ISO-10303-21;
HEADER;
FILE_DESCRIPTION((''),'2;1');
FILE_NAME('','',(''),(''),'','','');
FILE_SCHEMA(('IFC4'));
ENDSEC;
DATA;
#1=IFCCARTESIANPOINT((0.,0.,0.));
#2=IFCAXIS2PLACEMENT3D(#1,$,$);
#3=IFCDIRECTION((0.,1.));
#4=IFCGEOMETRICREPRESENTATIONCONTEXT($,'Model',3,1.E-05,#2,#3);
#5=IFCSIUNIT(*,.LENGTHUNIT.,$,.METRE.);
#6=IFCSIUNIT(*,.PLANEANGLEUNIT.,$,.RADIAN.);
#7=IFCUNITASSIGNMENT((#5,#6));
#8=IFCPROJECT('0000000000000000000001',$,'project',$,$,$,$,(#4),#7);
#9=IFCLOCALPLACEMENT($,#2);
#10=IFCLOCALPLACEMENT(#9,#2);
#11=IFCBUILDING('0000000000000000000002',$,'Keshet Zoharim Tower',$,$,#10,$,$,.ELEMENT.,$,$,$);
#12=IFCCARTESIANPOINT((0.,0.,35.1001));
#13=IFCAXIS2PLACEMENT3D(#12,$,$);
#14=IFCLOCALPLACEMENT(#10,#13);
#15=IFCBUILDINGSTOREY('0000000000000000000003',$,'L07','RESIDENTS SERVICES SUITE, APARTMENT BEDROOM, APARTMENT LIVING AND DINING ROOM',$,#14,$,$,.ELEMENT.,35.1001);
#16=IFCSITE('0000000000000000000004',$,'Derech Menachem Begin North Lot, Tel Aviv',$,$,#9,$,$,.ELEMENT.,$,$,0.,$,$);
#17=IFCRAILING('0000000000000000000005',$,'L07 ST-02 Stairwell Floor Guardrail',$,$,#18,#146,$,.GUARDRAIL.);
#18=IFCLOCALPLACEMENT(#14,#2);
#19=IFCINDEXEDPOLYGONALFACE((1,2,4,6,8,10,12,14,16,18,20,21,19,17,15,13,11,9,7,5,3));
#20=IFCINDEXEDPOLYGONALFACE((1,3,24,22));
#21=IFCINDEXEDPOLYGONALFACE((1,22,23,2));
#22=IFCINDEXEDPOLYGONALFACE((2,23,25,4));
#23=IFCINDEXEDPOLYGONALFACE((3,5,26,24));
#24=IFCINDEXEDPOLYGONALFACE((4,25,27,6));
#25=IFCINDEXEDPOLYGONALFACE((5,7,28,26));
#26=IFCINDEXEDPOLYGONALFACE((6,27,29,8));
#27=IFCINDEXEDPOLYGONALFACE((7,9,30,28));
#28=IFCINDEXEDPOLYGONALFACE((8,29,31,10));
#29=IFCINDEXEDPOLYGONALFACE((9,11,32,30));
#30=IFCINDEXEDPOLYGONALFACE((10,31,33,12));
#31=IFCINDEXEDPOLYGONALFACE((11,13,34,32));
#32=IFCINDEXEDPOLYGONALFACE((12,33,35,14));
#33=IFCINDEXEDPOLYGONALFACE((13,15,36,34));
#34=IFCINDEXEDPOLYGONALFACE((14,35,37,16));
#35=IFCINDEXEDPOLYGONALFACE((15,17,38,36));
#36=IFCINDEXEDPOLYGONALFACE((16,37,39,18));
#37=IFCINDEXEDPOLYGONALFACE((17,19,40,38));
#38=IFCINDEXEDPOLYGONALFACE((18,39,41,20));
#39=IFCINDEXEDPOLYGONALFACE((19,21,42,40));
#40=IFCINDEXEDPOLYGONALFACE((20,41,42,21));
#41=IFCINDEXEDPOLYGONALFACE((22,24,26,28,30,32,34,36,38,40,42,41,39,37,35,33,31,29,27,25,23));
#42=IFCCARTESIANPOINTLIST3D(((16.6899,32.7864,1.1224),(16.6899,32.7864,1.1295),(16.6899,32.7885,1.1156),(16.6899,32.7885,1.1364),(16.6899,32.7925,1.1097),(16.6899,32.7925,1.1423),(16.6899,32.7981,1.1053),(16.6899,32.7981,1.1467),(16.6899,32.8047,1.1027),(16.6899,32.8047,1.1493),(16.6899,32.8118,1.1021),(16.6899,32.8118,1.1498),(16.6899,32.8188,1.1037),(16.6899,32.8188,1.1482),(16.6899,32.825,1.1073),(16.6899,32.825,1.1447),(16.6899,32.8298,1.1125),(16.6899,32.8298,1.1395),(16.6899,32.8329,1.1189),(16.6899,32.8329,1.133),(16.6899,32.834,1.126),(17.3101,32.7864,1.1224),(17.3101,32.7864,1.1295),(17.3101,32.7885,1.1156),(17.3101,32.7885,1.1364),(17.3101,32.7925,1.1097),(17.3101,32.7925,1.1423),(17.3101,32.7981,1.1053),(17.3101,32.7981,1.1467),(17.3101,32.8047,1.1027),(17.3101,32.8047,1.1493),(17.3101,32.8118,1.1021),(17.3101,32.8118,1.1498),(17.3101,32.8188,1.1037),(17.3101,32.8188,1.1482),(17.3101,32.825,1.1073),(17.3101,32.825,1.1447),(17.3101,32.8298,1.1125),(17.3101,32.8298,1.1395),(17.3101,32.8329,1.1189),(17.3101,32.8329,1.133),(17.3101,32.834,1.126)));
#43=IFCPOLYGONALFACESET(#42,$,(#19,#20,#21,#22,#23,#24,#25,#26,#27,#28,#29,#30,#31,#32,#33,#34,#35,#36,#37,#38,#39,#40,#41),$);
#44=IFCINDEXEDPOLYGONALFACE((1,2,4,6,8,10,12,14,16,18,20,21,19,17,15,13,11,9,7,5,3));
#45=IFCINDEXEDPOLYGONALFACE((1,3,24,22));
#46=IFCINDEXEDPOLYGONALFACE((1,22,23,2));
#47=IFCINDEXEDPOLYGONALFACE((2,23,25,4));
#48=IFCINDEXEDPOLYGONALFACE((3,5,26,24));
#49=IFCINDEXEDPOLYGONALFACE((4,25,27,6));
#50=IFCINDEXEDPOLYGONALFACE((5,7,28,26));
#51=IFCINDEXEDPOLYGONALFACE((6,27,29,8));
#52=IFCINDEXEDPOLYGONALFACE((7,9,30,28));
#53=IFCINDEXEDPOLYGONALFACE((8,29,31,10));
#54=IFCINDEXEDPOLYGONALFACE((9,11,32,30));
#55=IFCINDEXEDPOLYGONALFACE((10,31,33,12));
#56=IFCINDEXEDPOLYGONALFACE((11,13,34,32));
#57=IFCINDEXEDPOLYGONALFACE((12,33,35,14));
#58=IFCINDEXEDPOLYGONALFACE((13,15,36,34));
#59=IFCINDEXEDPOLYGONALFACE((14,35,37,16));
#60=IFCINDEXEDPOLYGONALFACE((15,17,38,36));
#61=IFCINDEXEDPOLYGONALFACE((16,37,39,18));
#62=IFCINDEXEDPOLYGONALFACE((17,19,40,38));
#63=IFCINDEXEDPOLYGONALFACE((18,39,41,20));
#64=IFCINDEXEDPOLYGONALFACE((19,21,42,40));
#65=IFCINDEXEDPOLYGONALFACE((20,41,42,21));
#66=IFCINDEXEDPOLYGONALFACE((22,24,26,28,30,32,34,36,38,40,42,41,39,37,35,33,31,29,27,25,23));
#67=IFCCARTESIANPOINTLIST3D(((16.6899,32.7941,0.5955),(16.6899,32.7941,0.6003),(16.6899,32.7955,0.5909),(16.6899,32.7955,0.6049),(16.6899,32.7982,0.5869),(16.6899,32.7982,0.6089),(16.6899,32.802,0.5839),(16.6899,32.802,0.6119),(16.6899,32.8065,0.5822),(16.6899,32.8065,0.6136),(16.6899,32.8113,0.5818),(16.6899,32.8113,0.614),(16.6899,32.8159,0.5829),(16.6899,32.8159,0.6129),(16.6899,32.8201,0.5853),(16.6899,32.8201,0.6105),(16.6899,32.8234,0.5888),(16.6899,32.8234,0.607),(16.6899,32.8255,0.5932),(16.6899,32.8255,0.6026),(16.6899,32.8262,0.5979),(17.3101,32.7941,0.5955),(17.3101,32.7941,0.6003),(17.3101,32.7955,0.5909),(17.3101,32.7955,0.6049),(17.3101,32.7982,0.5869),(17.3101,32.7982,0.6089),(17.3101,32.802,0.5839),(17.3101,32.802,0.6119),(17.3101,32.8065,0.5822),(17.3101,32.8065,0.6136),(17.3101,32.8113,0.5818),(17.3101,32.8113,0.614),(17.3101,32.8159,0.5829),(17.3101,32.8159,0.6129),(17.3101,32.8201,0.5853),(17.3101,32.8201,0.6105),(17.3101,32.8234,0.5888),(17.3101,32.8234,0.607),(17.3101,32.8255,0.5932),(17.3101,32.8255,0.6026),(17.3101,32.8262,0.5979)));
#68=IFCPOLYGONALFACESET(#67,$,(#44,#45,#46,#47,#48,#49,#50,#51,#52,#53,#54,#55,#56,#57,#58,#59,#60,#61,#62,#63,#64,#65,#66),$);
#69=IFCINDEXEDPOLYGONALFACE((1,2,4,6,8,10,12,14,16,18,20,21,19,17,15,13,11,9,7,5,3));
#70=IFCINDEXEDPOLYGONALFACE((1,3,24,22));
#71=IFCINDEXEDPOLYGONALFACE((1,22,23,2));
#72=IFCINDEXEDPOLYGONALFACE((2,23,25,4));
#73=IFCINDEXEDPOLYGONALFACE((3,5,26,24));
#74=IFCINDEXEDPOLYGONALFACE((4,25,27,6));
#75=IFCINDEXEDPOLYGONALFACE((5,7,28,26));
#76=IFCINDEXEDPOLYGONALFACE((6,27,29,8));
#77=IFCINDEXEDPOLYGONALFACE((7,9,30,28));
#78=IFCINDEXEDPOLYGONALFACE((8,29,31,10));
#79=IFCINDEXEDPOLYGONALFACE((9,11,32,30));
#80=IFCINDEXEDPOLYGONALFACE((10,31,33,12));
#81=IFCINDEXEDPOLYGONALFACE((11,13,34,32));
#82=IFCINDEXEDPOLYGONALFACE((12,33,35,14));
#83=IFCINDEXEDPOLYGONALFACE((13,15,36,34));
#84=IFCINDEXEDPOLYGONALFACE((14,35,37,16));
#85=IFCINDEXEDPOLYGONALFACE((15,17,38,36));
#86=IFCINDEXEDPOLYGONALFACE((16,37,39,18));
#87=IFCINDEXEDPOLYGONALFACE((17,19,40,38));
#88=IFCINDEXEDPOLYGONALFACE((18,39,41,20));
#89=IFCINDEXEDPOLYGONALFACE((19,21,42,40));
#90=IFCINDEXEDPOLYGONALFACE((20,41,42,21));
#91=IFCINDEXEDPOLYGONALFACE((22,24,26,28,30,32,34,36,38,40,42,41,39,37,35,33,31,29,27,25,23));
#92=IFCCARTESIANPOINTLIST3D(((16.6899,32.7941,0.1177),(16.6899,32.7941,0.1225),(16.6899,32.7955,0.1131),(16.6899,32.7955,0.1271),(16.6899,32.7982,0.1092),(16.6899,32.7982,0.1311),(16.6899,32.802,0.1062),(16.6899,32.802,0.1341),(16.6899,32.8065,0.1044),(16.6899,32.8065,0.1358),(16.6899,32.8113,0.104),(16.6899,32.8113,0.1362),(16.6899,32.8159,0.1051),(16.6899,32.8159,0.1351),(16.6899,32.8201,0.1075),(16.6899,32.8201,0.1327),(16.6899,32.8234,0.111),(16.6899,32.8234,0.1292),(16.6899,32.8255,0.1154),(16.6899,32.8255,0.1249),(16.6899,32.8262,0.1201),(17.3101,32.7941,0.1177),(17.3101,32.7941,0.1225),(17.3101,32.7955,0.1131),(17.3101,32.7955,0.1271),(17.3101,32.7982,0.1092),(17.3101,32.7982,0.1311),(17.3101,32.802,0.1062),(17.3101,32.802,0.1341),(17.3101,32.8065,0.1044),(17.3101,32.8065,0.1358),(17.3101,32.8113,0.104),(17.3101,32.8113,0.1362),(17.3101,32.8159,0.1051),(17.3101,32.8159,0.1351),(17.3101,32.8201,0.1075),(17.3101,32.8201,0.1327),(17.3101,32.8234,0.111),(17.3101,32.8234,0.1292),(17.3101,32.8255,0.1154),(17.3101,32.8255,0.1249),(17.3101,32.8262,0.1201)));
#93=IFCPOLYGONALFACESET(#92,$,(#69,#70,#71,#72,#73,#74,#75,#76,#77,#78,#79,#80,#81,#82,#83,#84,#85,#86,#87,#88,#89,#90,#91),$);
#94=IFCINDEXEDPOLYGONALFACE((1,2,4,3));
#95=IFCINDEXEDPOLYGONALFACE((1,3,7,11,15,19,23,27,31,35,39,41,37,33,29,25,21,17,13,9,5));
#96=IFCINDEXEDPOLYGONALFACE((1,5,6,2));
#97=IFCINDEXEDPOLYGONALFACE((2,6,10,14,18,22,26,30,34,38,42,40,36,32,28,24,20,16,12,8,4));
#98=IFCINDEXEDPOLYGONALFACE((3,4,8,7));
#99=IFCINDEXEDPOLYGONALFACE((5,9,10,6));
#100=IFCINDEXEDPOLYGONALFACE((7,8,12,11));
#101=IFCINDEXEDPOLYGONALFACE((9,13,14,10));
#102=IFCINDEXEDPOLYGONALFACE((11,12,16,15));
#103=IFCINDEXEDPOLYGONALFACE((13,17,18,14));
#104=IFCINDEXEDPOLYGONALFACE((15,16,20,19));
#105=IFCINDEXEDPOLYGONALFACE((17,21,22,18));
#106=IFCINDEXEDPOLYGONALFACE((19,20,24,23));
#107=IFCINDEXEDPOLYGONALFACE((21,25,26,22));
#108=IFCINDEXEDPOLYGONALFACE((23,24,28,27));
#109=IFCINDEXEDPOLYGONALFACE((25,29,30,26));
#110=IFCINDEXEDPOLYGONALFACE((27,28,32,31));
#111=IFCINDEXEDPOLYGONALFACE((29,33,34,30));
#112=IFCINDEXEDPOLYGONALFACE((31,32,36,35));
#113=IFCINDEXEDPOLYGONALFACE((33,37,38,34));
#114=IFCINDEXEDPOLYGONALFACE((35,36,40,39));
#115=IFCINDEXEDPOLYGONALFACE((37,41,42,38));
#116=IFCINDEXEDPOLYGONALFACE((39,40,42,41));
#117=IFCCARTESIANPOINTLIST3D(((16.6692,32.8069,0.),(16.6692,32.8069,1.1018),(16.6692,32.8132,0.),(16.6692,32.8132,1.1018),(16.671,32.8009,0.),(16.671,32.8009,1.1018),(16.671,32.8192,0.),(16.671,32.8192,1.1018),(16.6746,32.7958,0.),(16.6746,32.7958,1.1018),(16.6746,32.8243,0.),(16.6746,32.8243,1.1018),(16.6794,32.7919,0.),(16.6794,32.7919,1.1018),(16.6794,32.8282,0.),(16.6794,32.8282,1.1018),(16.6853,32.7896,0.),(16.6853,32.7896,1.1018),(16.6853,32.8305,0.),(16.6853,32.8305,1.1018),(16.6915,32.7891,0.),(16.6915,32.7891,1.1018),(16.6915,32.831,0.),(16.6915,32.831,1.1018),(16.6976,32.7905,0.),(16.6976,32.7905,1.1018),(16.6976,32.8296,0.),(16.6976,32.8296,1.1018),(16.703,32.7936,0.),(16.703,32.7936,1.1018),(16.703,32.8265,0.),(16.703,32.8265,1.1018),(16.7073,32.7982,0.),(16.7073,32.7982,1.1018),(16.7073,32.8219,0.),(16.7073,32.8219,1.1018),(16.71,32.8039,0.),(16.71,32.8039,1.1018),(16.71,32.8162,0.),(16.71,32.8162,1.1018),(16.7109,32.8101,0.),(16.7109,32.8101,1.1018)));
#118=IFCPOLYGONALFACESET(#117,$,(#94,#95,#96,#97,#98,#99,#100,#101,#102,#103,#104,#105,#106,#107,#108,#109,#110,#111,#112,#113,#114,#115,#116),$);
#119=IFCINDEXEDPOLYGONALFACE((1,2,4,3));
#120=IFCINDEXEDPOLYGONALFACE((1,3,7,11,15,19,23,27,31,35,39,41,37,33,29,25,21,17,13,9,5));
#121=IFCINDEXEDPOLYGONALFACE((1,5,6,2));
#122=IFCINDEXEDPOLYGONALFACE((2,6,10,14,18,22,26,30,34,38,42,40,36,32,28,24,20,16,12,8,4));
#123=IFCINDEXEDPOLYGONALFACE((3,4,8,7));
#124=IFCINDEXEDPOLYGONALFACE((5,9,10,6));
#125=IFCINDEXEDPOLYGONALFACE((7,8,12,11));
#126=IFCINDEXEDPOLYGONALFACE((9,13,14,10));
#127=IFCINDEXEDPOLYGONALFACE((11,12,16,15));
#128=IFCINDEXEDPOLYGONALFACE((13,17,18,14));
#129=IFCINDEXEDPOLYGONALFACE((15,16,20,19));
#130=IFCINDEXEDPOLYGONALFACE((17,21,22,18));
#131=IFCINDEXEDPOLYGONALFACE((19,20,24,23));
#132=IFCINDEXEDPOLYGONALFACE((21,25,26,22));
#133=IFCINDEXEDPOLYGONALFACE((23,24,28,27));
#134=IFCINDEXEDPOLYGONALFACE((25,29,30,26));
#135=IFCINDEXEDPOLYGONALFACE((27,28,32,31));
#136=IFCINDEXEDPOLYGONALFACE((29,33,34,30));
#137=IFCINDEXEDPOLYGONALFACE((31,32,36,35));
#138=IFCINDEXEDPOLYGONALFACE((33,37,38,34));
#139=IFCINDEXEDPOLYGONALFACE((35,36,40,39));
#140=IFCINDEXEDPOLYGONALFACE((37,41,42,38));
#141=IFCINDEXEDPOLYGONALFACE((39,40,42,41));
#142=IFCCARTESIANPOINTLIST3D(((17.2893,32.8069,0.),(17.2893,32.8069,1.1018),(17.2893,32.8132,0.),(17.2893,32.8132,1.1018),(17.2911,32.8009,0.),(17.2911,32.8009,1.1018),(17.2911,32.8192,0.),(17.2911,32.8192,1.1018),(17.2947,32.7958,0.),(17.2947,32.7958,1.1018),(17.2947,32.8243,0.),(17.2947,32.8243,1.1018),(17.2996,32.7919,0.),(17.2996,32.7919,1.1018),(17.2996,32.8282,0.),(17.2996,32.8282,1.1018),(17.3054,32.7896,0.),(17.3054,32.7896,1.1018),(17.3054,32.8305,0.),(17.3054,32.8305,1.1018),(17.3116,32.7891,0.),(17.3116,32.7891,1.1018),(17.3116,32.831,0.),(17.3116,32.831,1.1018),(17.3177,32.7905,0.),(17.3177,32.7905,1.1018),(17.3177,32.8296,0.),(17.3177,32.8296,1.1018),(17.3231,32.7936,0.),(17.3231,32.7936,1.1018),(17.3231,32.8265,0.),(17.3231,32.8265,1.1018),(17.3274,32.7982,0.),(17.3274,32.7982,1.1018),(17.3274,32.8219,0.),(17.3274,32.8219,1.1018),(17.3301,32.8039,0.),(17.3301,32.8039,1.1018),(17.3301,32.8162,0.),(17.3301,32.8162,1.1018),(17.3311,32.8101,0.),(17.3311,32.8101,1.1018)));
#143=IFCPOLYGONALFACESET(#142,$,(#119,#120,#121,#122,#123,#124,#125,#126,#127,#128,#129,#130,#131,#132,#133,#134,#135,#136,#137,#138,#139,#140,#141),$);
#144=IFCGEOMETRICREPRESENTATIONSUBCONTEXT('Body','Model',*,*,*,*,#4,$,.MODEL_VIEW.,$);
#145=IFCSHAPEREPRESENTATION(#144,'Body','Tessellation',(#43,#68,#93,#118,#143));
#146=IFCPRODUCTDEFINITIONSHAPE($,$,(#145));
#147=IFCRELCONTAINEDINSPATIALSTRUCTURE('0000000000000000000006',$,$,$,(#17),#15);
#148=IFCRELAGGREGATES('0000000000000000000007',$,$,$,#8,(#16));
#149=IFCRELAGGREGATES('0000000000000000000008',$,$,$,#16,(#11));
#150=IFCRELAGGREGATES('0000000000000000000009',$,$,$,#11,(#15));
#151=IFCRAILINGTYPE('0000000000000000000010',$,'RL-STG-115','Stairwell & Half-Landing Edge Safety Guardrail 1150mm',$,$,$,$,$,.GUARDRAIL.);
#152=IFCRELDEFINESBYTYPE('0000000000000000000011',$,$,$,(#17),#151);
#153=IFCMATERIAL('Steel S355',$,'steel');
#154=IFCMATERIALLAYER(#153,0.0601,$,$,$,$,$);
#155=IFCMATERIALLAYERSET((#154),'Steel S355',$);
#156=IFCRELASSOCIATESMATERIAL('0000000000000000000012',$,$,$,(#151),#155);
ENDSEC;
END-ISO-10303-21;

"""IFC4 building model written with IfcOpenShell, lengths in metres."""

from ifc_helpers import new_model, si_unit, direction, frame, origin, origin_2d, place, context, subcontext, project, spatial, circle, extrude, material, layer, layer_set, type_object, element, save


model = new_model("IFC4")

# Units and contexts
model_context = context("Model", 3, precision=1e-05, world=origin(), true_north=direction((0.0, 1.0)))
body_context = subcontext(model_context, "Body", "Model", "MODEL_VIEW")
ifc_project = project(units=[si_unit("LENGTHUNIT", "METRE"), si_unit("PLANEANGLEUNIT", "RADIAN")], contexts=[model_context])

# Site, building, storey
site_placement = place(None, origin())
site = spatial("IfcSite", under=ifc_project, at=site_placement, Name="Derech Menachem Begin North Lot, Tel Aviv", CompositionType="ELEMENT", RefElevation=0.0)
building_placement = place(site_placement, origin())
building = spatial("IfcBuilding", under=site, at=building_placement, Name="Keshet Zoharim Tower", CompositionType="ELEMENT")
storey_placement = place(building_placement, frame((0.0, 0.0, 35.1001)))
storey = spatial("IfcBuildingStorey", under=building, at=storey_placement, Name="L07", Description="RESIDENTS SERVICES SUITE, APARTMENT BEDROOM, APARTMENT LIVING AND DINING ROOM", CompositionType="ELEMENT", Elevation=35.1001)

# Shared definitions
ifc_material_1 = material(Name="Steel S355", Category="steel")

# Railing
ifc_layer_1 = layer(ifc_material_1, 0.0601)
ifc_layer_set_1 = layer_set([ifc_layer_1], Name="Steel S355")
railing_type_1 = type_object("IfcRailingType", Name="RL-STG-115", Description="Stairwell & Half-Landing Edge Safety Guardrail 1150mm", PredefinedType="GUARDRAIL", material=ifc_layer_set_1)
railing_1_placement = place(storey_placement, frame((16.6899, 32.8101, 0.0)))
element("IfcRailing", 1, at=railing_1_placement, inside=storey, type_object=railing_type_1, Name="L07 ST-02 Stairwell Floor Guardrail", PredefinedType="GUARDRAIL", context=body_context, shape_type="SweptSolid", body=[
    extrude(circle(Radius=0.0239, at=origin_2d()), frame((0.0, 0.0, 1.126), z_axis=(1.0, 0.0, 0.0), x_axis=(0.0, 1.0, 0.0)), (0.0, 0.0, 1.0), 0.6201),
    extrude(circle(Radius=0.0161, at=origin_2d()), frame((0.0, 0.0, 0.5979), z_axis=(1.0, 0.0, 0.0), x_axis=(0.0, 1.0, 0.0)), (0.0, 0.0, 1.0), 0.6201),
    extrude(circle(Radius=0.0161, at=origin_2d()), frame((0.0, 0.0, 0.1201), z_axis=(1.0, 0.0, 0.0), x_axis=(0.0, 1.0, 0.0)), (0.0, 0.0, 1.0), 0.6201),
    extrude(circle(Radius=0.021, at=origin_2d()), origin(), (0.0, 0.0, 1.0), 1.1018),
    extrude(circle(Radius=0.021, at=origin_2d()), frame((0.6201, 0.0, 0.0)), (0.0, 0.0, 1.0), 1.1018),
])

save(model, "model.ifc")
